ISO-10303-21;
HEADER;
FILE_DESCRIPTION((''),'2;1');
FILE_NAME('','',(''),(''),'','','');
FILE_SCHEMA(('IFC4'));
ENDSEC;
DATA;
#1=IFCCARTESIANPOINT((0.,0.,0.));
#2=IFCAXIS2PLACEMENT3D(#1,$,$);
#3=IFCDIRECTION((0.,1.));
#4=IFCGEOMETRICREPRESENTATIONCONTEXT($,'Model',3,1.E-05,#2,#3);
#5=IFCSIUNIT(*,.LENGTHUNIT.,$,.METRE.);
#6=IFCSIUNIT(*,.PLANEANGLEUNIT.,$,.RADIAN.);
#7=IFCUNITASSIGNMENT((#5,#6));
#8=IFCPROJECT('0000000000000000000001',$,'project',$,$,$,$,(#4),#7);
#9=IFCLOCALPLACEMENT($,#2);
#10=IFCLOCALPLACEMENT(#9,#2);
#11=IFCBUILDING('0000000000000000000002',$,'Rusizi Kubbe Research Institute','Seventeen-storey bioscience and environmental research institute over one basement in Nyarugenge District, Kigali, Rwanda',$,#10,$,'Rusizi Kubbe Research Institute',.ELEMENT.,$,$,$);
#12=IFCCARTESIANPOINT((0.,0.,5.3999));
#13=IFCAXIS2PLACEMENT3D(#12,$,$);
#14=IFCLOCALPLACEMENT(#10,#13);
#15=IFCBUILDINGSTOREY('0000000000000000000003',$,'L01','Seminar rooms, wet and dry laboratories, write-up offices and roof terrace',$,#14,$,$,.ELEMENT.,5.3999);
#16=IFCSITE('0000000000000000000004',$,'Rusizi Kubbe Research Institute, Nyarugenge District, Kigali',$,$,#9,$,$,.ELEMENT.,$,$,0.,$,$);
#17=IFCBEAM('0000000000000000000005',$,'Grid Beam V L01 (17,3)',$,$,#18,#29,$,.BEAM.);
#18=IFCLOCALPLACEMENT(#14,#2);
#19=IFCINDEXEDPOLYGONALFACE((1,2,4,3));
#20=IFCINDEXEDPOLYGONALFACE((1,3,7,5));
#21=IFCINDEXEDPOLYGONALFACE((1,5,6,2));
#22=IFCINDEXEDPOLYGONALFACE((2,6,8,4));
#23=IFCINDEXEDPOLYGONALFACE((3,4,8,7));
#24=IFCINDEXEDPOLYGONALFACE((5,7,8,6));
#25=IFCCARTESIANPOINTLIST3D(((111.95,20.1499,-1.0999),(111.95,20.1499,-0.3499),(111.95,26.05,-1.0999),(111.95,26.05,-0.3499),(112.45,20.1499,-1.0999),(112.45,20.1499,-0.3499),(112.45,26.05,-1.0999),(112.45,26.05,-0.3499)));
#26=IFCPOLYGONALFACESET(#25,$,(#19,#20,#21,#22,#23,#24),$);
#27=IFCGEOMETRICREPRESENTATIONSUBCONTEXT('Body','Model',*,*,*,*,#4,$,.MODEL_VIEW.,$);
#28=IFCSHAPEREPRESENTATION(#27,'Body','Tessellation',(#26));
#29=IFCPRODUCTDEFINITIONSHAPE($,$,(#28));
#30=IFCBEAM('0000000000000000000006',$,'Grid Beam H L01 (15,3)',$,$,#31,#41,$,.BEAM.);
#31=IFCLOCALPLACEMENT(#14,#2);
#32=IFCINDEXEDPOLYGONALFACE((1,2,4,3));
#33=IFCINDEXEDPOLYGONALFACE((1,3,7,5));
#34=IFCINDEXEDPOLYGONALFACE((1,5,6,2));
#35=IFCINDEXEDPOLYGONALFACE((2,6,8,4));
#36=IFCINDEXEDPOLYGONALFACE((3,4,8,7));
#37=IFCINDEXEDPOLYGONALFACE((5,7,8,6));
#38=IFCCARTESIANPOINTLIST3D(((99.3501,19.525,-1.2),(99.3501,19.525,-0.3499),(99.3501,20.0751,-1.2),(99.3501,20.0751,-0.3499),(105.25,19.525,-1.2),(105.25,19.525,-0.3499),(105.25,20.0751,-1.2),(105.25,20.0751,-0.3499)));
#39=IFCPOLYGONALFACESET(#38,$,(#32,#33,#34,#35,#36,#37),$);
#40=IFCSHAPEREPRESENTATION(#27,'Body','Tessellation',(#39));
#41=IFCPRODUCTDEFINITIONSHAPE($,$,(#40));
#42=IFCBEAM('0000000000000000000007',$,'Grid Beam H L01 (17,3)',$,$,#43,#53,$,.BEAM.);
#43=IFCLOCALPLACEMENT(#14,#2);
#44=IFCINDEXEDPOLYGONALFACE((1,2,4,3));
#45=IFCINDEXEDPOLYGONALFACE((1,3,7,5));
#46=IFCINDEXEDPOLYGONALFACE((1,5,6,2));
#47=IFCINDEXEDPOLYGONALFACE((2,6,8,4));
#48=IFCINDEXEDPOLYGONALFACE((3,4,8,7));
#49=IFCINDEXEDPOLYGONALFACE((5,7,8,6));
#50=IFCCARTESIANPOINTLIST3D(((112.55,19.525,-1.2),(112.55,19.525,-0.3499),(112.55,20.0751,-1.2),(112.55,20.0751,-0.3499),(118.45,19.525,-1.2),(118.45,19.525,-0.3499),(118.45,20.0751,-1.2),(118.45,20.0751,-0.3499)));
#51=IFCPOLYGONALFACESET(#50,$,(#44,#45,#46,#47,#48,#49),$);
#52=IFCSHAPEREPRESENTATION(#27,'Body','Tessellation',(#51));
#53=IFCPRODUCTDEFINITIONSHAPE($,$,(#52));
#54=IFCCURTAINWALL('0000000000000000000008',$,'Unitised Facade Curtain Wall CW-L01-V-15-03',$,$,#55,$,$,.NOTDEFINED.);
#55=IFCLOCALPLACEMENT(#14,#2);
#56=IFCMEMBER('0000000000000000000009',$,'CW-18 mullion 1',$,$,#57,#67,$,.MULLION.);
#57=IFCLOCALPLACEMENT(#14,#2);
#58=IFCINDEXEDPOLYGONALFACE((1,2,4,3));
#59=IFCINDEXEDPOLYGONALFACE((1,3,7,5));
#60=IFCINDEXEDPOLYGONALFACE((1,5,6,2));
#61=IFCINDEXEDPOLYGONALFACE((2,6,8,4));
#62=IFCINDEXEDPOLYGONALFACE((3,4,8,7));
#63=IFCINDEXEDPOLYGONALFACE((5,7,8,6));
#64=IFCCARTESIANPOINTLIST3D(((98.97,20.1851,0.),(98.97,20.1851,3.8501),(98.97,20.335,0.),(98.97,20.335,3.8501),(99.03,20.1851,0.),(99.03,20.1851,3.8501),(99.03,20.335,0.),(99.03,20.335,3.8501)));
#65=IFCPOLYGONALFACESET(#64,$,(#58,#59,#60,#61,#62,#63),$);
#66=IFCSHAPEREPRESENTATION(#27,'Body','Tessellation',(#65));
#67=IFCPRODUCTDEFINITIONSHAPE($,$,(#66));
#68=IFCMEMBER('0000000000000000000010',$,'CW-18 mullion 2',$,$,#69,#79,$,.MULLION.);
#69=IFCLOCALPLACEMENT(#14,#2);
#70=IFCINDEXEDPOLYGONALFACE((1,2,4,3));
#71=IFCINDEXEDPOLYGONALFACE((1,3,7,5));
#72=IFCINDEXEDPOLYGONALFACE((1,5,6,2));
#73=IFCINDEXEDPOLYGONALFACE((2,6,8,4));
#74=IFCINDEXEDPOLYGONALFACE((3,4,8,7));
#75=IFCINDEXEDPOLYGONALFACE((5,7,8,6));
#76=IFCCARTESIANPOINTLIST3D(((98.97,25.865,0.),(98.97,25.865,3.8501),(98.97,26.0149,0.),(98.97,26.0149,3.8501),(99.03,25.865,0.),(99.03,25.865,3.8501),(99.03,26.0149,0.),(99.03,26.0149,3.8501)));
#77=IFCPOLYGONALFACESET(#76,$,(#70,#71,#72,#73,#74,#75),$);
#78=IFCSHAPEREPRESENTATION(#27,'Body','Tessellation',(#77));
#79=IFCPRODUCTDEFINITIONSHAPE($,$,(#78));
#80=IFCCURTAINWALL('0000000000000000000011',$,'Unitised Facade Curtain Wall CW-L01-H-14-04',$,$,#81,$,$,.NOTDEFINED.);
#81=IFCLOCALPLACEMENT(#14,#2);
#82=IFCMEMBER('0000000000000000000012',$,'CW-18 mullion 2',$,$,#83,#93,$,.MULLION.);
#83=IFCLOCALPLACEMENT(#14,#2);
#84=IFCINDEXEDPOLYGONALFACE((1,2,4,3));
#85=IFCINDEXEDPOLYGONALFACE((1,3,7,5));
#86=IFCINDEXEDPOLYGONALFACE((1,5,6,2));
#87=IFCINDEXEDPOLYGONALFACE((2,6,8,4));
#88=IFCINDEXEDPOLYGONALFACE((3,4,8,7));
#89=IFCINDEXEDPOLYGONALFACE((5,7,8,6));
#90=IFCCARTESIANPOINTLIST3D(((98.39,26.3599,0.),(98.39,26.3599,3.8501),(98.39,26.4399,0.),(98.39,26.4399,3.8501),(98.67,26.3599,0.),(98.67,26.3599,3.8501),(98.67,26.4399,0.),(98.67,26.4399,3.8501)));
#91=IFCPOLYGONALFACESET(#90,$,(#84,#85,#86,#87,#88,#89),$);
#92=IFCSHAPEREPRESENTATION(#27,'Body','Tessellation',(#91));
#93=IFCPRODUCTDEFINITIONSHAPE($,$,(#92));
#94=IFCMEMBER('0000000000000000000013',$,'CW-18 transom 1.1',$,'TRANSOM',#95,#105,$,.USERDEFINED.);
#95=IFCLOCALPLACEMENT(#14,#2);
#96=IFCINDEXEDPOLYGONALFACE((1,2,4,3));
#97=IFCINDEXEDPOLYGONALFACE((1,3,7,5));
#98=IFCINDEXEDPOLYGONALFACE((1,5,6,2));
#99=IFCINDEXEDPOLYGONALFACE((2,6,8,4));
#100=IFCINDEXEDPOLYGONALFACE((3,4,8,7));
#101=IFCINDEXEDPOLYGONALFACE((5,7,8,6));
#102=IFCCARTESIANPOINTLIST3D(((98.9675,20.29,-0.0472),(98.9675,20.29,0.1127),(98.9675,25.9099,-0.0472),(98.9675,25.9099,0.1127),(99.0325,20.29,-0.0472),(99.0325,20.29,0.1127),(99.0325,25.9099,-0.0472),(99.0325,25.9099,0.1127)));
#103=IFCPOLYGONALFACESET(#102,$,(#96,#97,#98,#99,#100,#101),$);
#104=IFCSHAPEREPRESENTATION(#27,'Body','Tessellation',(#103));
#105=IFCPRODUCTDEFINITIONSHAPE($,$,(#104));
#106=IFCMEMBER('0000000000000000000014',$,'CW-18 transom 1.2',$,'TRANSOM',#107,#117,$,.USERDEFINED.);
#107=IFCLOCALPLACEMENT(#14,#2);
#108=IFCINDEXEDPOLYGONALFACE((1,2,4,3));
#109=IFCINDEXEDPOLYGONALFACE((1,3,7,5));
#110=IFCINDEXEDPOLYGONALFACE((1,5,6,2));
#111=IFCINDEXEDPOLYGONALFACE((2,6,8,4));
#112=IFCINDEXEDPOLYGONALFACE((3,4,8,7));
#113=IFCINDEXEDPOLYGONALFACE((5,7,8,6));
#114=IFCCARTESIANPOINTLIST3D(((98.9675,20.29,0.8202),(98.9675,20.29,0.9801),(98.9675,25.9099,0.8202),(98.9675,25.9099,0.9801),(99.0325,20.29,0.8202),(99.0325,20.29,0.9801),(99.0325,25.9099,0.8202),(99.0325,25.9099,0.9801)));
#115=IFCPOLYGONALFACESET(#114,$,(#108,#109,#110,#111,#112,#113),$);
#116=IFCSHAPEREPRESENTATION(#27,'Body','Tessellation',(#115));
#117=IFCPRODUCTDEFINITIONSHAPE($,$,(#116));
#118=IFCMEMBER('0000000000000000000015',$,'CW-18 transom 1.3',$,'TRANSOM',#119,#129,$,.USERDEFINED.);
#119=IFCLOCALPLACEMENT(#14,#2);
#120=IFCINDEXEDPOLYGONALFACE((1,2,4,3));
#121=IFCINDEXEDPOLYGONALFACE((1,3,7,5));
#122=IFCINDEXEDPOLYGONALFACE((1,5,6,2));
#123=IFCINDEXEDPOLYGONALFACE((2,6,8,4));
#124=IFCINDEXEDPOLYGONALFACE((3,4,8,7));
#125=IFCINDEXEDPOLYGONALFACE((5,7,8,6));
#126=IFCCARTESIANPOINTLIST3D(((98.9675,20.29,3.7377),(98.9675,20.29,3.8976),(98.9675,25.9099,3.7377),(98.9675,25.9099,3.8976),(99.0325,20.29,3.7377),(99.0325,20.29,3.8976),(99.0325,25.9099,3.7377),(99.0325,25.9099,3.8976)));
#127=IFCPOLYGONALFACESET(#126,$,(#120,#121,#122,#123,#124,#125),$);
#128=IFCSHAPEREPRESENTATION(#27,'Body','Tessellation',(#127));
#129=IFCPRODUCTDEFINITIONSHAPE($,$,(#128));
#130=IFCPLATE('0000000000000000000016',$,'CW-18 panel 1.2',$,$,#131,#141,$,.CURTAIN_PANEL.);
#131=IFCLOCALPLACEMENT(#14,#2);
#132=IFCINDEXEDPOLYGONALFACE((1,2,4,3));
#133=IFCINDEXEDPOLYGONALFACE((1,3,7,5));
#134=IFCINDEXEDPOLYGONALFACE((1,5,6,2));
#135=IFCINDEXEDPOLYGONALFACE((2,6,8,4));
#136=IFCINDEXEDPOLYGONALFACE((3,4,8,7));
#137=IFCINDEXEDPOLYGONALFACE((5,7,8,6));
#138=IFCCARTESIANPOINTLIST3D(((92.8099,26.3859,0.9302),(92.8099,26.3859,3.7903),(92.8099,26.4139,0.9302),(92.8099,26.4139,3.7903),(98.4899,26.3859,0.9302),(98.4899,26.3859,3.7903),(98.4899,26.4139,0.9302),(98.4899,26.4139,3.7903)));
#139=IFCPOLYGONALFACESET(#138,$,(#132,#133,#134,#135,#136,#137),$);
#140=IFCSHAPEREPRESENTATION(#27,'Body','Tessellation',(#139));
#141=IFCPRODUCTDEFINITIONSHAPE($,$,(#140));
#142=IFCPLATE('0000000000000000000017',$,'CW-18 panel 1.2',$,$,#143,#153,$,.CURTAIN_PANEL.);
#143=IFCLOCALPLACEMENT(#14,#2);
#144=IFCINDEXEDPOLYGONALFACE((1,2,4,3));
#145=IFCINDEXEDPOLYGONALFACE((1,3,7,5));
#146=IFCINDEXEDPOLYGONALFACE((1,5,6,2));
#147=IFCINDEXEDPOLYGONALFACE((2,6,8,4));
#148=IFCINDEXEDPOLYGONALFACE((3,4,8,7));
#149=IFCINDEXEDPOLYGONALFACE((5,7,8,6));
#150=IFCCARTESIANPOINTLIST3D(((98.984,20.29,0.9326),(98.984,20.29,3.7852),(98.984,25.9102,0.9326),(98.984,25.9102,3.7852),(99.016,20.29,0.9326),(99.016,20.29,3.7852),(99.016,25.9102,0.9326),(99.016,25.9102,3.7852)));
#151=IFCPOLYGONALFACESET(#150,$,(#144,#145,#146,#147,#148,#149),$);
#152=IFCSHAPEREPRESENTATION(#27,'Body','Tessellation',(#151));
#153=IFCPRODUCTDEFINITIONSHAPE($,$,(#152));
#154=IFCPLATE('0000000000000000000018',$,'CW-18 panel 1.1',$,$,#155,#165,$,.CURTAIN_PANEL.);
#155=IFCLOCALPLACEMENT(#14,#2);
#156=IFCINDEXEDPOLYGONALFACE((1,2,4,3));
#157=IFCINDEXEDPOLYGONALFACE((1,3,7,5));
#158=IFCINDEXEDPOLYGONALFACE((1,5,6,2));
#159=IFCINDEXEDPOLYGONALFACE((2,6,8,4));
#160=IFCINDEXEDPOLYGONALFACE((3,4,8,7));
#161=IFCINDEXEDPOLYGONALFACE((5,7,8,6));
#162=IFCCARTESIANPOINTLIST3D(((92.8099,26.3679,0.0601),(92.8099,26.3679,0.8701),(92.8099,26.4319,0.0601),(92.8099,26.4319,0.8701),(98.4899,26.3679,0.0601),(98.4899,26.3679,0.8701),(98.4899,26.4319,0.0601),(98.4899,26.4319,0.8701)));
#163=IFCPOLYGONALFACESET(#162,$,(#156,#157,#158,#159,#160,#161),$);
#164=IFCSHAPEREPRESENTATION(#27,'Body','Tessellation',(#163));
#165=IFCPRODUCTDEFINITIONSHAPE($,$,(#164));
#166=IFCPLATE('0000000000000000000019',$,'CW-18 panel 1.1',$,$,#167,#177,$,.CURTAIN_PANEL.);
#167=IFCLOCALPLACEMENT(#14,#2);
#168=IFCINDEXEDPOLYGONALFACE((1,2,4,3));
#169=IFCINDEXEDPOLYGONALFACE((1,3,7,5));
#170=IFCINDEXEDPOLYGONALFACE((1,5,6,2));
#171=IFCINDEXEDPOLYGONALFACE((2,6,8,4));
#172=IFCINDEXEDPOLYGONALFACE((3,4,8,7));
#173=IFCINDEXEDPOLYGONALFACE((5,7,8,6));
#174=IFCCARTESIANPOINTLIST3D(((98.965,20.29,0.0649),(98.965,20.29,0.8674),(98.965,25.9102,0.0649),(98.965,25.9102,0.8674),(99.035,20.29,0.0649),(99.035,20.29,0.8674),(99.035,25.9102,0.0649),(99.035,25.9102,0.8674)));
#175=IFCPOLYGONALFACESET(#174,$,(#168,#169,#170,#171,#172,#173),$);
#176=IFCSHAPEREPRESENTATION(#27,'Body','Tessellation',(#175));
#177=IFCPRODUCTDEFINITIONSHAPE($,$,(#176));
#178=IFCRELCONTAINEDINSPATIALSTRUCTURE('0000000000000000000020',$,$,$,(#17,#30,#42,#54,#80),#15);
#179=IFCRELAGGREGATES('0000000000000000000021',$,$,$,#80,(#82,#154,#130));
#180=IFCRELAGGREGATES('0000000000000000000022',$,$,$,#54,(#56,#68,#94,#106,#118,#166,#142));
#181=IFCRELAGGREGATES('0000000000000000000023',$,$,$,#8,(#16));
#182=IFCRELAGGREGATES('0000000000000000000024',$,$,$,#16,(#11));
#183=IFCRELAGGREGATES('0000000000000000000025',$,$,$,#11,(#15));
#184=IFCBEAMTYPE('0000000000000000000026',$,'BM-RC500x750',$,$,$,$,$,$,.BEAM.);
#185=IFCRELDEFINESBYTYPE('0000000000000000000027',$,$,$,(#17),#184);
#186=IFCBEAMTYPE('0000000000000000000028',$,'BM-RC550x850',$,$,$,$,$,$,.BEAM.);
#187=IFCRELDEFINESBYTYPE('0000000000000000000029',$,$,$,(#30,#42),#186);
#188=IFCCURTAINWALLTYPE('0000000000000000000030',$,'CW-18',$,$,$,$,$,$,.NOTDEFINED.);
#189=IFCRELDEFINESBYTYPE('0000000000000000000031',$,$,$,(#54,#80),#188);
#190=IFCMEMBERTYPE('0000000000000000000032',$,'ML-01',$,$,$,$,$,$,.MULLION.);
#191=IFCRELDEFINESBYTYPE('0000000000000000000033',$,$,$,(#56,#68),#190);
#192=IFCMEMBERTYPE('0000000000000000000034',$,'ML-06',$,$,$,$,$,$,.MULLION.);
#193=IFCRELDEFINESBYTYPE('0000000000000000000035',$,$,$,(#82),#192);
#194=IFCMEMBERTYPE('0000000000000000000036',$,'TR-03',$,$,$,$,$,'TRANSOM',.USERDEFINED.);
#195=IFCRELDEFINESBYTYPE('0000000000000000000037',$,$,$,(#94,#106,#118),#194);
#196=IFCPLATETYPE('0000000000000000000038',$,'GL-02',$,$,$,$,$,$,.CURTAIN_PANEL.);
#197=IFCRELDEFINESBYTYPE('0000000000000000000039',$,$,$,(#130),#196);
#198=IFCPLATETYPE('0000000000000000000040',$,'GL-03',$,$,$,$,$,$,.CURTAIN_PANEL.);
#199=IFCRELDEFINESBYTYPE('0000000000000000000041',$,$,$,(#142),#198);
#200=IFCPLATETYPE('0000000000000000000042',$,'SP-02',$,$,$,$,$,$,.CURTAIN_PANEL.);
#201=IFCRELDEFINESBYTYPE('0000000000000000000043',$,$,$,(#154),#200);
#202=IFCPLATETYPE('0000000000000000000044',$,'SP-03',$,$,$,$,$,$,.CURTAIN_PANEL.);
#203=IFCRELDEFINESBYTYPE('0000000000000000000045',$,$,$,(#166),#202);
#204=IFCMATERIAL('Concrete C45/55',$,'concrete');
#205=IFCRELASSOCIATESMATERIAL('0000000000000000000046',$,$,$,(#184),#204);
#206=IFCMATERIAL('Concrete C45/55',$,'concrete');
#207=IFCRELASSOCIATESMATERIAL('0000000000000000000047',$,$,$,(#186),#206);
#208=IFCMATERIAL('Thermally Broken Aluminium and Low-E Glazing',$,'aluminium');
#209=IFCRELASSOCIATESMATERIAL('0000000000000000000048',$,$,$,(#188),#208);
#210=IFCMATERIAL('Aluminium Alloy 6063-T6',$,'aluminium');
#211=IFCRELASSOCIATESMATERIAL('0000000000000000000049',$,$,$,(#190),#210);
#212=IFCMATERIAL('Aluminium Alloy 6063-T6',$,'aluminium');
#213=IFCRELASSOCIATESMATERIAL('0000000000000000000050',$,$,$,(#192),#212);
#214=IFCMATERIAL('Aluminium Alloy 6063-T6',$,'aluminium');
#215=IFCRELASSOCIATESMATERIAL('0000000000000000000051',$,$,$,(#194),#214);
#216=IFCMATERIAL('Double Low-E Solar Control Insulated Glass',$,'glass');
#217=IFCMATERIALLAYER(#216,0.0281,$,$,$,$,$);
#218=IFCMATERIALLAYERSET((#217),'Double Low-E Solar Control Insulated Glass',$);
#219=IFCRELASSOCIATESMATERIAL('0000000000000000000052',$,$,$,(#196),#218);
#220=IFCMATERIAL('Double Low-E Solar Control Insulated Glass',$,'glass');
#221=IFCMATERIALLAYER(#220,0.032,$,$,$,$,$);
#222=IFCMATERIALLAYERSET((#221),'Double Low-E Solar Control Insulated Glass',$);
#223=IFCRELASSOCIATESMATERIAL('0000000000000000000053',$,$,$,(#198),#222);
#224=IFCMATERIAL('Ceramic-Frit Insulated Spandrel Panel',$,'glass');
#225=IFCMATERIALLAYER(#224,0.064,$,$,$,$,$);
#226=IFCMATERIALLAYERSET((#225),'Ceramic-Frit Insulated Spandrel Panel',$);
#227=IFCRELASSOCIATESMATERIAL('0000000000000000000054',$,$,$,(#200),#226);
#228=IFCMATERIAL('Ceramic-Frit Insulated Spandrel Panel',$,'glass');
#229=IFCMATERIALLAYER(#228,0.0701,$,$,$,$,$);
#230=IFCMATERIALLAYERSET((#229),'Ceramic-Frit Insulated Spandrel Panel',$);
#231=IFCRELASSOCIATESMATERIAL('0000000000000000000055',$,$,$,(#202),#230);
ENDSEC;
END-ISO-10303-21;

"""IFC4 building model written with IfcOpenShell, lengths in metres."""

from ifc_helpers import new_model, si_unit, direction, frame, origin, origin_2d, place, context, subcontext, project, spatial, rectangle, extrude, material, layer, layer_set, material_profile, profile_set, type_object, element, aggregate, save


model = new_model("IFC4")

# Units and contexts
model_context = context("Model", 3, precision=1e-05, world=origin(), true_north=direction((0.0, 1.0)))
body_context = subcontext(model_context, "Body", "Model", "MODEL_VIEW")
ifc_project = project(units=[si_unit("LENGTHUNIT", "METRE"), si_unit("PLANEANGLEUNIT", "RADIAN")], contexts=[model_context])

# Site, building, storey
site_placement = place(None, origin())
site = spatial("IfcSite", under=ifc_project, at=site_placement, Name="Rusizi Kubbe Research Institute, Nyarugenge District, Kigali", CompositionType="ELEMENT", RefElevation=0.0)
building_placement = place(site_placement, origin())
building = spatial("IfcBuilding", under=site, at=building_placement, Name="Rusizi Kubbe Research Institute", Description="Seventeen-storey bioscience and environmental research institute over one basement in Nyarugenge District, Kigali, Rwanda", LongName="Rusizi Kubbe Research Institute", CompositionType="ELEMENT")
storey_placement = place(building_placement, frame((0.0, 0.0, 5.3999)))
storey = spatial("IfcBuildingStorey", under=building, at=storey_placement, Name="L01", Description="Seminar rooms, wet and dry laboratories, write-up offices and roof terrace", CompositionType="ELEMENT", Elevation=5.3999)

# Beams
ifc_material_1 = material(Name="Concrete C45/55", Category="concrete")
ifc_material_profile_1 = material_profile(ifc_material_1, rectangle(XDim=0.5, YDim=0.75, at=origin_2d()), Name="RC500x750B")
ifc_profile_set_1 = profile_set([ifc_material_profile_1], Name="Concrete C45/55")
beam_type_1 = type_object("IfcBeamType", Name="BM-RC500x750", PredefinedType="BEAM", material=ifc_profile_set_1)
beam_1_placement = place(storey_placement, frame((112.2, 20.1499, -0.7249), z_axis=(0.0, 1.0, 0.0), x_axis=(-1.0, 0.0, 0.0)))
element("IfcBeam", 1, at=beam_1_placement, inside=storey, type_object=beam_type_1, Name="Grid Beam V L01 (17,3)", PredefinedType="BEAM", context=body_context, shape_type="SweptSolid", body=[
    extrude(rectangle(XDim=0.5, YDim=0.75, at=origin_2d()), origin(), (0.0, 0.0, 1.0), 5.9001),
])
ifc_material_2 = material(Name="Concrete C45/55", Category="concrete")
ifc_material_profile_2 = material_profile(ifc_material_2, rectangle(XDim=0.55, YDim=0.8501, at=origin_2d()), Name="RC550x850")
ifc_profile_set_2 = profile_set([ifc_material_profile_2], Name="Concrete C45/55")
beam_type_2 = type_object("IfcBeamType", Name="BM-RC550x850", PredefinedType="BEAM", material=ifc_profile_set_2)
for number, where, z_axis, x_axis, name in (
    (2, (99.3501, 19.8, -0.7749), (1.0, 0.0, 0.0), (0.0, 1.0, 0.0), "Grid Beam H L01 (15,3)"),
    (3, (112.55, 19.8, -0.7749), (1.0, 0.0, 0.0), (0.0, 1.0, 0.0), "Grid Beam H L01 (17,3)"),
):
    element("IfcBeam", number, at=place(storey_placement, frame(where, z_axis=z_axis, x_axis=x_axis)), inside=storey, type_object=beam_type_2, Name=name, PredefinedType="BEAM", context=body_context, shape_type="SweptSolid", body=[
        extrude(rectangle(XDim=0.55, YDim=0.8501, at=origin_2d()), origin(), (0.0, 0.0, 1.0), 5.8999),
    ])

# Curtain wall, members
ifc_material_3 = material(Name="Thermally Broken Aluminium and Low-E Glazing", Category="aluminium")
curtain_wall_type = type_object("IfcCurtainWallType", Name="CW-18", PredefinedType="NOTDEFINED", material=ifc_material_3)
curtain_wall_1_placement = place(storey_placement, origin())
curtain_wall_1 = element("IfcCurtainWall", 4, at=curtain_wall_1_placement, inside=storey, type_object=curtain_wall_type, Name="Unitised Facade Curtain Wall CW-L01-V-15-03", PredefinedType="NOTDEFINED")
ifc_material_4 = material(Name="Aluminium Alloy 6063-T6", Category="aluminium")
ifc_material_profile_3 = material_profile(ifc_material_4, rectangle(XDim=0.0601, YDim=0.1499, at=origin_2d()), Name="ALU-M 60x150")
ifc_profile_set_3 = profile_set([ifc_material_profile_3], Name="Aluminium Alloy 6063-T6")
member_type_1 = type_object("IfcMemberType", Name="ML-01", PredefinedType="MULLION", material=ifc_profile_set_3)
member_1_placement = place(storey_placement, frame((99.0, 20.26, 0.0), z_axis=(0.0, 0.0, 1.0), x_axis=(-1.0, 0.0, 0.0)))
member_1 = element("IfcMember", 5, at=member_1_placement, type_object=member_type_1, Name="CW-18 mullion 1", PredefinedType="MULLION", context=body_context, shape_type="SweptSolid", body=[
    extrude(rectangle(XDim=0.0601, YDim=0.1499, at=origin_2d()), origin(), (0.0, 0.0, 1.0), 3.8501),
])
member_2_placement = place(storey_placement, frame((99.0, 25.9399, 0.0), z_axis=(0.0, 0.0, 1.0), x_axis=(-1.0, 0.0, 0.0)))
member_2 = element("IfcMember", 6, at=member_2_placement, type_object=member_type_1, Name="CW-18 mullion 2", PredefinedType="MULLION", context=body_context, shape_type="SweptSolid", body=[
    extrude(rectangle(XDim=0.0601, YDim=0.1499, at=origin_2d()), origin(), (0.0, 0.0, 1.0), 3.8501),
])

# Curtain wall, member
curtain_wall_2_placement = place(storey_placement, origin())
curtain_wall_2 = element("IfcCurtainWall", 7, at=curtain_wall_2_placement, inside=storey, type_object=curtain_wall_type, Name="Unitised Facade Curtain Wall CW-L01-H-14-04", PredefinedType="NOTDEFINED")
ifc_material_5 = material(Name="Aluminium Alloy 6063-T6", Category="aluminium")
ifc_material_profile_4 = material_profile(ifc_material_5, rectangle(XDim=0.0801, YDim=0.28, at=origin_2d()), Name="ALU-M 80x280")
ifc_profile_set_4 = profile_set([ifc_material_profile_4], Name="Aluminium Alloy 6063-T6")
member_type_2 = type_object("IfcMemberType", Name="ML-06", PredefinedType="MULLION", material=ifc_profile_set_4)
member_3_placement = place(storey_placement, frame((98.53, 26.3999, 0.0), z_axis=(0.0, 0.0, 1.0), x_axis=(0.0, 1.0, 0.0)))
member_3 = element("IfcMember", 8, at=member_3_placement, type_object=member_type_2, Name="CW-18 mullion 2", PredefinedType="MULLION", context=body_context, shape_type="SweptSolid", body=[
    extrude(rectangle(XDim=0.0801, YDim=0.28, at=origin_2d()), origin(), (0.0, 0.0, 1.0), 3.8501),
])

# Members
ifc_material_6 = material(Name="Aluminium Alloy 6063-T6", Category="aluminium")
ifc_material_profile_5 = material_profile(ifc_material_6, rectangle(XDim=0.0649, YDim=0.1599, at=origin_2d()), Name="ALU-T 65x160")
ifc_profile_set_5 = profile_set([ifc_material_profile_5], Name="Aluminium Alloy 6063-T6")
member_type_3 = type_object("IfcMemberType", Name="TR-03", ElementType="TRANSOM", PredefinedType="USERDEFINED", material=ifc_profile_set_5)
member_4_placement = place(storey_placement, frame((99.0, 20.29, 0.0327), z_axis=(0.0, 1.0, 0.0), x_axis=(-1.0, 0.0, 0.0)))
member_4 = element("IfcMember", 9, at=member_4_placement, type_object=member_type_3, Name="CW-18 transom 1.1", ObjectType="TRANSOM", PredefinedType="USERDEFINED", context=body_context, shape_type="SweptSolid", body=[
    extrude(rectangle(XDim=0.0649, YDim=0.1599, at=origin_2d()), origin(), (0.0, 0.0, 1.0), 5.6199),
])
member_5_placement = place(storey_placement, frame((99.0, 20.29, 0.9001), z_axis=(0.0, 1.0, 0.0), x_axis=(-1.0, 0.0, 0.0)))
member_5 = element("IfcMember", 10, at=member_5_placement, type_object=member_type_3, Name="CW-18 transom 1.2", ObjectType="TRANSOM", PredefinedType="USERDEFINED", context=body_context, shape_type="SweptSolid", body=[
    extrude(rectangle(XDim=0.0649, YDim=0.1599, at=origin_2d()), origin(), (0.0, 0.0, 1.0), 5.6199),
])
member_6_placement = place(storey_placement, frame((99.0, 20.29, 3.8176), z_axis=(0.0, 1.0, 0.0), x_axis=(-1.0, 0.0, 0.0)))
member_6 = element("IfcMember", 11, at=member_6_placement, type_object=member_type_3, Name="CW-18 transom 1.3", ObjectType="TRANSOM", PredefinedType="USERDEFINED", context=body_context, shape_type="SweptSolid", body=[
    extrude(rectangle(XDim=0.0649, YDim=0.1599, at=origin_2d()), origin(), (0.0, 0.0, 1.0), 5.6199),
])

# Plates
ifc_material_7 = material(Name="Double Low-E Solar Control Insulated Glass", Category="glass")
ifc_layer_1 = layer(ifc_material_7, 0.0281)
ifc_layer_set_1 = layer_set([ifc_layer_1], Name="Double Low-E Solar Control Insulated Glass")
plate_type_1 = type_object("IfcPlateType", Name="GL-02", PredefinedType="CURTAIN_PANEL", material=ifc_layer_set_1)
plate_1_placement = place(storey_placement, frame((95.6499, 26.3999, 0.9302), z_axis=(0.0, 0.0, 1.0), x_axis=(1.0, 0.0, 0.0)))
plate_1 = element("IfcPlate", 12, at=plate_1_placement, type_object=plate_type_1, Name="CW-18 panel 1.2", PredefinedType="CURTAIN_PANEL", context=body_context, shape_type="SweptSolid", body=[
    extrude(rectangle(XDim=5.6799, YDim=0.0281, at=origin_2d()), origin(), (0.0, 0.0, 1.0), 2.8601),
])
ifc_material_8 = material(Name="Double Low-E Solar Control Insulated Glass", Category="glass")
ifc_layer_2 = layer(ifc_material_8, 0.032)
ifc_layer_set_2 = layer_set([ifc_layer_2], Name="Double Low-E Solar Control Insulated Glass")
plate_type_2 = type_object("IfcPlateType", Name="GL-03", PredefinedType="CURTAIN_PANEL", material=ifc_layer_set_2)
plate_2_placement = place(storey_placement, frame((99.0, 23.1001, 0.9326), z_axis=(0.0, 0.0, 1.0), x_axis=(0.0, 1.0, 0.0)))
plate_2 = element("IfcPlate", 13, at=plate_2_placement, type_object=plate_type_2, Name="CW-18 panel 1.2", PredefinedType="CURTAIN_PANEL", context=body_context, shape_type="SweptSolid", body=[
    extrude(rectangle(XDim=5.6201, YDim=0.032, at=origin_2d()), origin(), (0.0, 0.0, 1.0), 2.8525),
])
ifc_material_9 = material(Name="Ceramic-Frit Insulated Spandrel Panel", Category="glass")
ifc_layer_3 = layer(ifc_material_9, 0.064)
ifc_layer_set_3 = layer_set([ifc_layer_3], Name="Ceramic-Frit Insulated Spandrel Panel")
plate_type_3 = type_object("IfcPlateType", Name="SP-02", PredefinedType="CURTAIN_PANEL", material=ifc_layer_set_3)
plate_3_placement = place(storey_placement, frame((95.6499, 26.3999, 0.0601), z_axis=(0.0, 0.0, 1.0), x_axis=(1.0, 0.0, 0.0)))
plate_3 = element("IfcPlate", 14, at=plate_3_placement, type_object=plate_type_3, Name="CW-18 panel 1.1", PredefinedType="CURTAIN_PANEL", context=body_context, shape_type="SweptSolid", body=[
    extrude(rectangle(XDim=5.6799, YDim=0.064, at=origin_2d()), origin(), (0.0, 0.0, 1.0), 0.8101),
])
aggregate(curtain_wall_2, [member_3, plate_3, plate_1])
ifc_material_10 = material(Name="Ceramic-Frit Insulated Spandrel Panel", Category="glass")
ifc_layer_4 = layer(ifc_material_10, 0.0701)
ifc_layer_set_4 = layer_set([ifc_layer_4], Name="Ceramic-Frit Insulated Spandrel Panel")
plate_type_4 = type_object("IfcPlateType", Name="SP-03", PredefinedType="CURTAIN_PANEL", material=ifc_layer_set_4)
plate_4_placement = place(storey_placement, frame((99.0, 23.1001, 0.0649), z_axis=(0.0, 0.0, 1.0), x_axis=(0.0, 1.0, 0.0)))
plate_4 = element("IfcPlate", 15, at=plate_4_placement, type_object=plate_type_4, Name="CW-18 panel 1.1", PredefinedType="CURTAIN_PANEL", context=body_context, shape_type="SweptSolid", body=[
    extrude(rectangle(XDim=5.6201, YDim=0.0701, at=origin_2d()), origin(), (0.0, 0.0, 1.0), 0.8025),
])
aggregate(curtain_wall_1, [member_1, member_2, member_4, member_5, member_6, plate_4, plate_2])

save(model, "model.ifc")
